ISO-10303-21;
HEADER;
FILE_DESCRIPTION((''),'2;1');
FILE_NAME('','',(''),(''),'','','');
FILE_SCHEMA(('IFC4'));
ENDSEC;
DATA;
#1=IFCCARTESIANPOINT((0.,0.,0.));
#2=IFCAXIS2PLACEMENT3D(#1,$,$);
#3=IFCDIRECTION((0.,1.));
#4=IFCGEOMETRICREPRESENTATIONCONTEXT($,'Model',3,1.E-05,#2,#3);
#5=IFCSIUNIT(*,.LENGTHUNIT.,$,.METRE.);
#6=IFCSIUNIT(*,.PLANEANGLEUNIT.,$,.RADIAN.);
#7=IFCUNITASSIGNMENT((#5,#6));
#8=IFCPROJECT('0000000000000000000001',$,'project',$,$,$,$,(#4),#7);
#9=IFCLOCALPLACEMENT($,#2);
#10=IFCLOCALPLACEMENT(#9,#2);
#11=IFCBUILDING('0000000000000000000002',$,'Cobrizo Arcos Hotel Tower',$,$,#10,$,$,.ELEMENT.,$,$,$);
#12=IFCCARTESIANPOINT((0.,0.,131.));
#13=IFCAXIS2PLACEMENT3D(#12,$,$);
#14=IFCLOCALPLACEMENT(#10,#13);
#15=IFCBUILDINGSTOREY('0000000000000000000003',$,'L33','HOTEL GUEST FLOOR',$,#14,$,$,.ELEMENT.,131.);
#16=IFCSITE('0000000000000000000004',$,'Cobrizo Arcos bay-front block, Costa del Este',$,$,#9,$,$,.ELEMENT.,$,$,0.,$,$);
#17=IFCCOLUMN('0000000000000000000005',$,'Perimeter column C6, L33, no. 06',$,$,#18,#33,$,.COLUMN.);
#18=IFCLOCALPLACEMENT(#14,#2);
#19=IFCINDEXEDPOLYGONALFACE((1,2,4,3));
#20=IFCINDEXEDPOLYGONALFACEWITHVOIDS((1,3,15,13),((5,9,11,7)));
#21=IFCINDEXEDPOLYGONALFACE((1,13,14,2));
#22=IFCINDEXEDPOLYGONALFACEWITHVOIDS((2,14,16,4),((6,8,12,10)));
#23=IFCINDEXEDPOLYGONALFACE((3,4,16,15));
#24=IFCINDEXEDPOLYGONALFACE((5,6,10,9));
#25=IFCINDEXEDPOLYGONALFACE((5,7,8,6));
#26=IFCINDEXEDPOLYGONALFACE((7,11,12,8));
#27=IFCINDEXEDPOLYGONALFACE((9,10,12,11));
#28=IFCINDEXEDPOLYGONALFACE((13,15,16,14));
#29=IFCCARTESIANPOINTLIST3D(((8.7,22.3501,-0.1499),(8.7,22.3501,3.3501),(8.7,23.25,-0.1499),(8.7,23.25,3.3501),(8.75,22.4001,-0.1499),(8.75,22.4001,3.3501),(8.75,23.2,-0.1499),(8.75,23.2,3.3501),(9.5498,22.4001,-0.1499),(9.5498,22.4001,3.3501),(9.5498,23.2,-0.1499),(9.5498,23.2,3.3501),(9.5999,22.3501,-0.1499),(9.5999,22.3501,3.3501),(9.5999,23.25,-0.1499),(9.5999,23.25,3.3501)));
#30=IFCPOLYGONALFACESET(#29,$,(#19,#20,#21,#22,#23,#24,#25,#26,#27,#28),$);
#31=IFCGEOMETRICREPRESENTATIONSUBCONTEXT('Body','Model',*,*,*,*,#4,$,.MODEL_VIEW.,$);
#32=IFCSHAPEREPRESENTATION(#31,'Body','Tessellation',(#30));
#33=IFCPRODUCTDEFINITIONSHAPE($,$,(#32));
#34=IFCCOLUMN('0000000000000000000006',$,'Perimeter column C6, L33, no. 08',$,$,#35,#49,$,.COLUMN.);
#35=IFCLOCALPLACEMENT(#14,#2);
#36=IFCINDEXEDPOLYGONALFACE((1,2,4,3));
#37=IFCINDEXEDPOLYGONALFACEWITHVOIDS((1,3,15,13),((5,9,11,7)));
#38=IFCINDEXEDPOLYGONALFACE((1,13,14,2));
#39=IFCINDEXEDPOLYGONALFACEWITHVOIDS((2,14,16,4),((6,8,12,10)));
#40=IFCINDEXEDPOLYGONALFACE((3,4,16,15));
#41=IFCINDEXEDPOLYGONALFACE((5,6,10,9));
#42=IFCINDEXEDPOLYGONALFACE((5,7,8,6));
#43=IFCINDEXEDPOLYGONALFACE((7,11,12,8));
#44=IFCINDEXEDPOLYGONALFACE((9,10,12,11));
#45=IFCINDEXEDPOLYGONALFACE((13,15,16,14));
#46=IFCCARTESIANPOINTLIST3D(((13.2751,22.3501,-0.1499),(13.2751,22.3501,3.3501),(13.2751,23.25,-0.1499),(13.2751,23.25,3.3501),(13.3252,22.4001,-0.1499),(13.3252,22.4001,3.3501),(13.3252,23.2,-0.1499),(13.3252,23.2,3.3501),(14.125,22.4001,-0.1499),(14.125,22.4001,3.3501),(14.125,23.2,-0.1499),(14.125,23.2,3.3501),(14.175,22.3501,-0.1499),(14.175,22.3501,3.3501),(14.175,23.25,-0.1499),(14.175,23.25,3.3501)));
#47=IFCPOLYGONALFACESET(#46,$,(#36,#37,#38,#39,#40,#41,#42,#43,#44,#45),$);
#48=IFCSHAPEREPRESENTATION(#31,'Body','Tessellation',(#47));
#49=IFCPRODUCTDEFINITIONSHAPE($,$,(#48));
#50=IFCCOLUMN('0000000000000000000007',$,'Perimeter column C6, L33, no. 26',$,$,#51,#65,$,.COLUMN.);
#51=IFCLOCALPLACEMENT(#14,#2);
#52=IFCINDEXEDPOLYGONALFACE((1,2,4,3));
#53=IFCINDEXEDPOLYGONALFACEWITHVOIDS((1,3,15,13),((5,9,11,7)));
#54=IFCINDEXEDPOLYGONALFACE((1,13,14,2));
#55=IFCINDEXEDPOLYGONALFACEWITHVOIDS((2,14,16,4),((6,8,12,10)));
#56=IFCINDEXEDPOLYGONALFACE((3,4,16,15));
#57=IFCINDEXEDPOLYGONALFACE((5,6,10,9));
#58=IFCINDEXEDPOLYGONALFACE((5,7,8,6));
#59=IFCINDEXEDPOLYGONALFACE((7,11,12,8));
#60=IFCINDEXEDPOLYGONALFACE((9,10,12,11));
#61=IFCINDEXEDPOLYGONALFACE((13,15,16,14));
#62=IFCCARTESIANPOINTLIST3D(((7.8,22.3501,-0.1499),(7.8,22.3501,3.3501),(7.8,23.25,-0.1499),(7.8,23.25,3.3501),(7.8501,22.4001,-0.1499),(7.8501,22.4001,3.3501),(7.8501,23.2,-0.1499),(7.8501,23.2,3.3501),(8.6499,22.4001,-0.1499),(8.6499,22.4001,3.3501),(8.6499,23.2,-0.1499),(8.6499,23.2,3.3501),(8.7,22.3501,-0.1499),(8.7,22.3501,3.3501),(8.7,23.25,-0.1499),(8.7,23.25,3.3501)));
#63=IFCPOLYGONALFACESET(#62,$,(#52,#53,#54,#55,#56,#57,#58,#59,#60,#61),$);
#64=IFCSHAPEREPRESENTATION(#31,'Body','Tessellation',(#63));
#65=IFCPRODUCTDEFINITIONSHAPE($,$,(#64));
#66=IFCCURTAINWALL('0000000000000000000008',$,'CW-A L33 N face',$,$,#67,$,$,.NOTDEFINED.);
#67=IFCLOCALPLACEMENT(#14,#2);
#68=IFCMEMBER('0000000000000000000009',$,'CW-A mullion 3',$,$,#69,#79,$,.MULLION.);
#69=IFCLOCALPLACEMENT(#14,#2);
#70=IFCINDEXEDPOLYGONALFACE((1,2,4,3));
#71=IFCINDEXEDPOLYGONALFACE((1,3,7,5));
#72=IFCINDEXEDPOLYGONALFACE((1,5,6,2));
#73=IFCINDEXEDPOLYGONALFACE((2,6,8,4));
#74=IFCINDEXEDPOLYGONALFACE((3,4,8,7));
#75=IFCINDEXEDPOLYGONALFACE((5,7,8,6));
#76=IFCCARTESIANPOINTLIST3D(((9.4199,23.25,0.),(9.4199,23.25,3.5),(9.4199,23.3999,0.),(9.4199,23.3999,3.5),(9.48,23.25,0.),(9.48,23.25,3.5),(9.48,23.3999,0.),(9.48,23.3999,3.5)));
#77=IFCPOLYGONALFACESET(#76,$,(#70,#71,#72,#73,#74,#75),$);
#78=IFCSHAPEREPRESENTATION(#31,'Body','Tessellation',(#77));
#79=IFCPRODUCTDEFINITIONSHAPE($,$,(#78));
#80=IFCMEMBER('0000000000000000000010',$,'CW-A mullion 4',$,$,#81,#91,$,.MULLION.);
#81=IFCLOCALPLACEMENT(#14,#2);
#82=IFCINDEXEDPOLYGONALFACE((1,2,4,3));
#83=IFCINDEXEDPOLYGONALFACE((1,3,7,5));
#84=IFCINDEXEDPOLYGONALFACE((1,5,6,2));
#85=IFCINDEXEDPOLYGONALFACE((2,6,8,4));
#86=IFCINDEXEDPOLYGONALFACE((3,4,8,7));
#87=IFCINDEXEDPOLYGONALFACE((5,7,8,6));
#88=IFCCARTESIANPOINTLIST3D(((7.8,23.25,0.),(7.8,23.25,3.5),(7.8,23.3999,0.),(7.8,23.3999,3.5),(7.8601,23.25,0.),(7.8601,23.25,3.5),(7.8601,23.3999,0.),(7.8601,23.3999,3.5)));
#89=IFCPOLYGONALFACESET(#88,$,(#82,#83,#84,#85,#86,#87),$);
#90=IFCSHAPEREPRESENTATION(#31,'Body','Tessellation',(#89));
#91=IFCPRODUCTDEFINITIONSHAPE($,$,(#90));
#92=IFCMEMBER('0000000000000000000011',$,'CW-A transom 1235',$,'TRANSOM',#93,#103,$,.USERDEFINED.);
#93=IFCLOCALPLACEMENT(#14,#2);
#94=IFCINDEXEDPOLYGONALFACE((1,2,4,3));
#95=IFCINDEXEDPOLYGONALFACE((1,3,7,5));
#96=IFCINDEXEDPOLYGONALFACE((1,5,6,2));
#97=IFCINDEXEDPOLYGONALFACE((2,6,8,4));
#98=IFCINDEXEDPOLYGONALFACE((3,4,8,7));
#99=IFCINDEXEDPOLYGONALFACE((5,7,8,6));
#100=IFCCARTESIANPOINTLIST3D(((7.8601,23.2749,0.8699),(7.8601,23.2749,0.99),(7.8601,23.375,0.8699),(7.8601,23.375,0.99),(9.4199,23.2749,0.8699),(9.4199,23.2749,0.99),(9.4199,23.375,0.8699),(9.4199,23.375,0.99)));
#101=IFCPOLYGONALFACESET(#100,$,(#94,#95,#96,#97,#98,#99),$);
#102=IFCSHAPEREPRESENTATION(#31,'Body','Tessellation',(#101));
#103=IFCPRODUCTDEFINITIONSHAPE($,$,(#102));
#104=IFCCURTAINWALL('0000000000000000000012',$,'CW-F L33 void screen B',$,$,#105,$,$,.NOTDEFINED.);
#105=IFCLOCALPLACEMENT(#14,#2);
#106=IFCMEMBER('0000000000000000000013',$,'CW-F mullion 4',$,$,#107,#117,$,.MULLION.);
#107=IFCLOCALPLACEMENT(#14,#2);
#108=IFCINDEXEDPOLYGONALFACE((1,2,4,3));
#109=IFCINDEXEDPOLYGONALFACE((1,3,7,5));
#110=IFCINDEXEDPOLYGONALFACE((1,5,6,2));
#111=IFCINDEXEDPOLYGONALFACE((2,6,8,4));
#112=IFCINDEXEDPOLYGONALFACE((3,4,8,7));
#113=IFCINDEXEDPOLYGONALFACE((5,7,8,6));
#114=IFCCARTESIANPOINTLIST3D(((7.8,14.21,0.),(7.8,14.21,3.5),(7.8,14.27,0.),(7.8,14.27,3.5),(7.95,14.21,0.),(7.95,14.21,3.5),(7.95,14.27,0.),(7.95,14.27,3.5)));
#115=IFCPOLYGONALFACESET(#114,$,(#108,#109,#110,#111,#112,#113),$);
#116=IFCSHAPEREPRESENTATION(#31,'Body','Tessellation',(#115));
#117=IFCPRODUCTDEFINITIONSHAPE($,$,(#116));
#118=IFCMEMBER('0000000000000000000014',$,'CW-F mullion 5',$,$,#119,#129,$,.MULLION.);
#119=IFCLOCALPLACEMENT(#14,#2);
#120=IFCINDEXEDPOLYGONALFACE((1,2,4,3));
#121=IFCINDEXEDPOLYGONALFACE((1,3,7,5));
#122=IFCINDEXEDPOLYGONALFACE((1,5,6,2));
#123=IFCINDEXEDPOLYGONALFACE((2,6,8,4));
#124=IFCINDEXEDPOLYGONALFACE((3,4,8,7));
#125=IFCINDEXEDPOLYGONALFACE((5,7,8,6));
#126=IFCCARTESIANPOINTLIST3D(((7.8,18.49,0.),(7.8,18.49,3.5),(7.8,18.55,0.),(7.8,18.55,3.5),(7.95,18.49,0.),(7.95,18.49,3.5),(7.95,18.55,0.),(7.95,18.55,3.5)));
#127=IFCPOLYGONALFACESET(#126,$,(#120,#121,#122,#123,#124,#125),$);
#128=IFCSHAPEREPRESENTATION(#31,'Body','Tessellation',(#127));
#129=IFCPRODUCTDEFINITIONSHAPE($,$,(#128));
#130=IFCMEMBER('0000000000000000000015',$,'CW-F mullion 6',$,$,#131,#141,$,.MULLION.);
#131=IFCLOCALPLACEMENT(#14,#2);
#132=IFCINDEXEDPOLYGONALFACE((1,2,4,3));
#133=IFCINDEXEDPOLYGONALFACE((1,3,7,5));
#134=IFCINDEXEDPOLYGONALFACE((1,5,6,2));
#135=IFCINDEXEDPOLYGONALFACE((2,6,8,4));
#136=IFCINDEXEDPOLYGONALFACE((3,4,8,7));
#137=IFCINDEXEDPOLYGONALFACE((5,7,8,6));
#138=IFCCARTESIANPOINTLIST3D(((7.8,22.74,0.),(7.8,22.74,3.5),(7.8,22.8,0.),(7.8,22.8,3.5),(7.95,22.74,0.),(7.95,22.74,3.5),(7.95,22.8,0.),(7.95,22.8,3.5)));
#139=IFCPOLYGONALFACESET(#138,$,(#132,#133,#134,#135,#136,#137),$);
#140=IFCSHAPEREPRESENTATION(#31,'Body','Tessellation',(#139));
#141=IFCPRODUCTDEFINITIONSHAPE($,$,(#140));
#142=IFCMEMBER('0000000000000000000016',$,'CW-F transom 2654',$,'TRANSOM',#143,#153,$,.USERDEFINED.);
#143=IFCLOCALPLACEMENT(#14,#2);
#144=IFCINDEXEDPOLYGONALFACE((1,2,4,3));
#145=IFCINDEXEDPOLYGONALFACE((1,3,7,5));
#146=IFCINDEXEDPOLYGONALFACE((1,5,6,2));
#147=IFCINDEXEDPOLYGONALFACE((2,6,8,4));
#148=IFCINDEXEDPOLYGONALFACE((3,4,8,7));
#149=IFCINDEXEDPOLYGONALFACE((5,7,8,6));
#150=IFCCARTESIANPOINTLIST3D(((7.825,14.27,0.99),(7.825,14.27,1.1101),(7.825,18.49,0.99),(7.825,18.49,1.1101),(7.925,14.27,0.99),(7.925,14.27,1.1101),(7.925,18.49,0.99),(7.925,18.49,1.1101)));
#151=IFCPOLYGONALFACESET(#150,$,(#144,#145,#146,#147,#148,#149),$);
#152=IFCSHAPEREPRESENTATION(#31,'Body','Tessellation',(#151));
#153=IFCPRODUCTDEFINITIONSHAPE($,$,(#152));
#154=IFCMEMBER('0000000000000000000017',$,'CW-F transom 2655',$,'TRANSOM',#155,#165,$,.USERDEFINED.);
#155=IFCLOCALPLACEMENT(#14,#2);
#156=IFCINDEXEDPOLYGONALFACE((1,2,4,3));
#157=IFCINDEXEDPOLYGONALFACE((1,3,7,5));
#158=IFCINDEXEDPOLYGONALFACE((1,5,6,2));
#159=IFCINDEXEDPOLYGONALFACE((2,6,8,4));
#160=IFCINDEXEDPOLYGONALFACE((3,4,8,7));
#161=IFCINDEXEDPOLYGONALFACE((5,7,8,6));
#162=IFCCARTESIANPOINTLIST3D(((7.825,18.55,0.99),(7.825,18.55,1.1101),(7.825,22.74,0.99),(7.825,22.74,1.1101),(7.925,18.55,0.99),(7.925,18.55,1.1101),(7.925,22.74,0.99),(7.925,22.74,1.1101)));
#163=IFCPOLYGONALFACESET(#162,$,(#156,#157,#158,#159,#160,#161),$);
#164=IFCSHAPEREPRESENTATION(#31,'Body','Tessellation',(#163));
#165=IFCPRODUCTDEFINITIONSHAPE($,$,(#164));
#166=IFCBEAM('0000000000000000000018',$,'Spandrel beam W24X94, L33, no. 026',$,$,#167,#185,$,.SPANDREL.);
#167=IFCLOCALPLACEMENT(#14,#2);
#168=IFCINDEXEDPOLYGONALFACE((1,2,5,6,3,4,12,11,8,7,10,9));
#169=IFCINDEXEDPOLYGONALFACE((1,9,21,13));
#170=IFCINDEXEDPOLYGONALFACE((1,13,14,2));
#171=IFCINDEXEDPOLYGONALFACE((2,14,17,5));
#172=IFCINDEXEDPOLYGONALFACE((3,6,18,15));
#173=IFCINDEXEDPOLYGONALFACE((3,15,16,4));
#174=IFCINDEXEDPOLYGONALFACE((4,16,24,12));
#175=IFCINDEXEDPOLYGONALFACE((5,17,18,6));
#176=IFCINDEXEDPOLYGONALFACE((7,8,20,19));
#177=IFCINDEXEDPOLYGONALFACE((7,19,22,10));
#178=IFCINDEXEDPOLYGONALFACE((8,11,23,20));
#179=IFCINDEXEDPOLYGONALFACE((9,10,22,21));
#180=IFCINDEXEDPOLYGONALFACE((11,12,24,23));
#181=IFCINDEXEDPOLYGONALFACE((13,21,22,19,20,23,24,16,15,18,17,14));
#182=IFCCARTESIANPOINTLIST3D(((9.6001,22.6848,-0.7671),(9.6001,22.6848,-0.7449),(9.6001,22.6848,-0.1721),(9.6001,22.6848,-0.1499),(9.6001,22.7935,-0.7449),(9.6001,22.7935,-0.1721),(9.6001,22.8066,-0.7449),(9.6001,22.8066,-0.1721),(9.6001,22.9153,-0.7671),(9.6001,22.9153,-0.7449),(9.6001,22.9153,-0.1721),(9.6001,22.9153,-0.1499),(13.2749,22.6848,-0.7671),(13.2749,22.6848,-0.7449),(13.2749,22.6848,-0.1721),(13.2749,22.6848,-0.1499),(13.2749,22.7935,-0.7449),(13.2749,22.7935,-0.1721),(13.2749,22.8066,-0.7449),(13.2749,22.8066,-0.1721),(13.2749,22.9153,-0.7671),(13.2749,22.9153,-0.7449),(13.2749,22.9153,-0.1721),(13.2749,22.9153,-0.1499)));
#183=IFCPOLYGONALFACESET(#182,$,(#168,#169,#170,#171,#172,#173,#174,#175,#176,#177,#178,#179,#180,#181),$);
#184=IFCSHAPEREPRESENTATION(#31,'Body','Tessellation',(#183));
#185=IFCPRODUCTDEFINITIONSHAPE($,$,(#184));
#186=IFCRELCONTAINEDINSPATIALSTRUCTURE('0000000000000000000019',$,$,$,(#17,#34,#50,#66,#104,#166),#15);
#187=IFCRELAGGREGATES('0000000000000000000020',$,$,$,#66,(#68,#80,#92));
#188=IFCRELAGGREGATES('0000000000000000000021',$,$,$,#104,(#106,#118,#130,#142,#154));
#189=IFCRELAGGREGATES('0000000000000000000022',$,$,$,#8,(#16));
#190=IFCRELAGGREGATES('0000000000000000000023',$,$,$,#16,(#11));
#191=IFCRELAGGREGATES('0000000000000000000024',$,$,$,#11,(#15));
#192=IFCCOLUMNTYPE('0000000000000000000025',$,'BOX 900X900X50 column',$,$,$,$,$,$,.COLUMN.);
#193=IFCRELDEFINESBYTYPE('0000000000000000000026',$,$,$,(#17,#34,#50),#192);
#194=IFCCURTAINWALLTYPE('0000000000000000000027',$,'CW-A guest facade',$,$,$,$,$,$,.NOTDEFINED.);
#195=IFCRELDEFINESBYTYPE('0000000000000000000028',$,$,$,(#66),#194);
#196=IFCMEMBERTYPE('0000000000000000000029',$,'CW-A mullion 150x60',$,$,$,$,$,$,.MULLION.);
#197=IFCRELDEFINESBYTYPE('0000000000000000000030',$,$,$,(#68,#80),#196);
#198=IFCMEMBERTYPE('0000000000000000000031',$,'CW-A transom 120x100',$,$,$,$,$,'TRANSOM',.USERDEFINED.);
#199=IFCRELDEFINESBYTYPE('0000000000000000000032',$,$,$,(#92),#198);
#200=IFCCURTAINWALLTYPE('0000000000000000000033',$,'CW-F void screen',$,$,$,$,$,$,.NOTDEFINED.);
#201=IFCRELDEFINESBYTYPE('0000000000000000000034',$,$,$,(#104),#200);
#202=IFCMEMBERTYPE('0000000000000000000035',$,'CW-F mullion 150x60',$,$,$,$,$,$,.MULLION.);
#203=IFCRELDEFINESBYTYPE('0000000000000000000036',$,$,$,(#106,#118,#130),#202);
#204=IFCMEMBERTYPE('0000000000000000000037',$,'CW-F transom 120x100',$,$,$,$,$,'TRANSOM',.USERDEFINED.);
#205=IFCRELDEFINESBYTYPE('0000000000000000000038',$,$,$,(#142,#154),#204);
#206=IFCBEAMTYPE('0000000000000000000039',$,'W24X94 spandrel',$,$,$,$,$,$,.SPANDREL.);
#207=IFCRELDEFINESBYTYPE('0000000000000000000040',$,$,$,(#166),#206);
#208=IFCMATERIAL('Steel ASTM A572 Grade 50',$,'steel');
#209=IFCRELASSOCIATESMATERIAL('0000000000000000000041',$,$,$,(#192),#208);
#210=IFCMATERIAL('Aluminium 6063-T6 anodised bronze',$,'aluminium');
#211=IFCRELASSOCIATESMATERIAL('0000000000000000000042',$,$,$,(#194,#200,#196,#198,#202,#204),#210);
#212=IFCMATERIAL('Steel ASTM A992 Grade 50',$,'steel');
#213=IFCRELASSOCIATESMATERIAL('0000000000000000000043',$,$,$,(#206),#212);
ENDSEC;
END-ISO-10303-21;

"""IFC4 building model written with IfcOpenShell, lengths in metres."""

from ifc_helpers import new_model, si_unit, direction, frame, origin, origin_2d, place, context, subcontext, project, spatial, rectangle, hollow_rectangle, i_section, extrude, material, material_profile, profile_set, type_object, element, aggregate, save


model = new_model("IFC4")

# Units and contexts
model_context = context("Model", 3, precision=1e-05, world=origin(), true_north=direction((0.0, 1.0)))
body_context = subcontext(model_context, "Body", "Model", "MODEL_VIEW")
ifc_project = project(units=[si_unit("LENGTHUNIT", "METRE"), si_unit("PLANEANGLEUNIT", "RADIAN")], contexts=[model_context])

# Site, building, storey
site_placement = place(None, origin())
site = spatial("IfcSite", under=ifc_project, at=site_placement, Name="Cobrizo Arcos bay-front block, Costa del Este", CompositionType="ELEMENT", RefElevation=0.0)
building_placement = place(site_placement, origin())
building = spatial("IfcBuilding", under=site, at=building_placement, Name="Cobrizo Arcos Hotel Tower", CompositionType="ELEMENT")
storey_placement = place(building_placement, frame((0.0, 0.0, 131.0)))
storey = spatial("IfcBuildingStorey", under=building, at=storey_placement, Name="L33", Description="HOTEL GUEST FLOOR", CompositionType="ELEMENT", Elevation=131.0)

# Columns
ifc_material_1 = material(Name="Steel ASTM A572 Grade 50", Category="steel")
ifc_material_profile_1 = material_profile(ifc_material_1, hollow_rectangle(XDim=0.8999, YDim=0.8999, WallThickness=0.05, at=origin_2d()), Name="BOX 900X900X50")
ifc_profile_set_1 = profile_set([ifc_material_profile_1], Name="Steel ASTM A572 Grade 50")
column_type = type_object("IfcColumnType", Name="BOX 900X900X50 column", PredefinedType="COLUMN", material=ifc_profile_set_1)
for number, where, z_axis, x_axis, name in (
    (1, (9.1499, 22.8, -0.1499), (0.0, 0.0, 1.0), (1.0, 0.0, 0.0), "Perimeter column C6, L33, no. 06"),
    (2, (13.7251, 22.8, -0.1499), (0.0, 0.0, 1.0), (1.0, 0.0, 0.0), "Perimeter column C6, L33, no. 08"),
    (3, (8.25, 22.8, -0.1499), (0.0, 0.0, 1.0), (1.0, 0.0, 0.0), "Perimeter column C6, L33, no. 26"),
):
    element("IfcColumn", number, at=place(storey_placement, frame(where, z_axis=z_axis, x_axis=x_axis)), inside=storey, type_object=column_type, Name=name, PredefinedType="COLUMN", context=body_context, shape_type="SweptSolid", body=[
        extrude(hollow_rectangle(XDim=0.8999, YDim=0.8999, WallThickness=0.05, at=origin_2d()), origin(), (0.0, 0.0, 1.0), 3.5),
    ])

# Curtain walls, members
ifc_material_2 = material(Name="Aluminium 6063-T6 anodised bronze", Category="aluminium")
curtain_wall_type_1 = type_object("IfcCurtainWallType", Name="CW-A guest facade", PredefinedType="NOTDEFINED", material=ifc_material_2)
curtain_wall_1_placement = place(storey_placement, origin())
curtain_wall_1 = element("IfcCurtainWall", 4, at=curtain_wall_1_placement, inside=storey, type_object=curtain_wall_type_1, Name="CW-A L33 N face", PredefinedType="NOTDEFINED")
ifc_material_profile_2 = material_profile(ifc_material_2, rectangle(XDim=0.1499, YDim=0.0601, at=origin_2d()), Name="CW-A mullion 150x60")
ifc_profile_set_2 = profile_set([ifc_material_profile_2], Name="Aluminium 6063-T6 anodised bronze")
member_type_1 = type_object("IfcMemberType", Name="CW-A mullion 150x60", PredefinedType="MULLION", material=ifc_profile_set_2)
member_1_placement = place(storey_placement, frame((9.45, 23.325, 0.0), z_axis=(0.0, 0.0, 1.0), x_axis=(0.0, 1.0, 0.0)))
member_1 = element("IfcMember", 5, at=member_1_placement, type_object=member_type_1, Name="CW-A mullion 3", PredefinedType="MULLION", context=body_context, shape_type="SweptSolid", body=[
    extrude(rectangle(XDim=0.1499, YDim=0.0601, at=origin_2d()), origin(), (0.0, 0.0, 1.0), 3.5),
])
member_2_placement = place(storey_placement, frame((7.8301, 23.325, 0.0), z_axis=(0.0, 0.0, 1.0), x_axis=(0.0, 1.0, 0.0)))
member_2 = element("IfcMember", 6, at=member_2_placement, type_object=member_type_1, Name="CW-A mullion 4", PredefinedType="MULLION", context=body_context, shape_type="SweptSolid", body=[
    extrude(rectangle(XDim=0.1499, YDim=0.0601, at=origin_2d()), origin(), (0.0, 0.0, 1.0), 3.5),
])
ifc_material_profile_3 = material_profile(ifc_material_2, rectangle(XDim=0.1001, YDim=0.1201, at=origin_2d()), Name="CW-A transom 120x100")
ifc_profile_set_3 = profile_set([ifc_material_profile_3], Name="Aluminium 6063-T6 anodised bronze")
member_type_2 = type_object("IfcMemberType", Name="CW-A transom 120x100", ElementType="TRANSOM", PredefinedType="USERDEFINED", material=ifc_profile_set_3)
member_3_placement = place(storey_placement, frame((9.4199, 23.325, 0.9299), z_axis=(-1.0, 0.0, 0.0), x_axis=(0.0, -1.0, 0.0)))
member_3 = element("IfcMember", 7, at=member_3_placement, type_object=member_type_2, Name="CW-A transom 1235", ObjectType="TRANSOM", PredefinedType="USERDEFINED", context=body_context, shape_type="SweptSolid", body=[
    extrude(rectangle(XDim=0.1001, YDim=0.1201, at=origin_2d()), origin(), (0.0, 0.0, 1.0), 1.5598),
])
curtain_wall_type_2 = type_object("IfcCurtainWallType", Name="CW-F void screen", PredefinedType="NOTDEFINED", material=ifc_material_2)
curtain_wall_2_placement = place(storey_placement, origin())
curtain_wall_2 = element("IfcCurtainWall", 8, at=curtain_wall_2_placement, inside=storey, type_object=curtain_wall_type_2, Name="CW-F L33 void screen B", PredefinedType="NOTDEFINED")
ifc_material_profile_4 = material_profile(ifc_material_2, rectangle(XDim=0.1499, YDim=0.0601, at=origin_2d()), Name="CW-F mullion 150x60")
ifc_profile_set_4 = profile_set([ifc_material_profile_4], Name="Aluminium 6063-T6 anodised bronze")
member_type_3 = type_object("IfcMemberType", Name="CW-F mullion 150x60", PredefinedType="MULLION", material=ifc_profile_set_4)
member_4_placement = place(storey_placement, frame((7.875, 14.24, 0.0), z_axis=(0.0, 0.0, 1.0), x_axis=(1.0, 0.0, 0.0)))
member_4 = element("IfcMember", 9, at=member_4_placement, type_object=member_type_3, Name="CW-F mullion 4", PredefinedType="MULLION", context=body_context, shape_type="SweptSolid", body=[
    extrude(rectangle(XDim=0.1499, YDim=0.0601, at=origin_2d()), origin(), (0.0, 0.0, 1.0), 3.5),
])
member_5_placement = place(storey_placement, frame((7.875, 18.52, 0.0), z_axis=(0.0, 0.0, 1.0), x_axis=(1.0, 0.0, 0.0)))
member_5 = element("IfcMember", 10, at=member_5_placement, type_object=member_type_3, Name="CW-F mullion 5", PredefinedType="MULLION", context=body_context, shape_type="SweptSolid", body=[
    extrude(rectangle(XDim=0.1499, YDim=0.0601, at=origin_2d()), origin(), (0.0, 0.0, 1.0), 3.5),
])
member_6_placement = place(storey_placement, frame((7.875, 22.77, 0.0), z_axis=(0.0, 0.0, 1.0), x_axis=(1.0, 0.0, 0.0)))
member_6 = element("IfcMember", 11, at=member_6_placement, type_object=member_type_3, Name="CW-F mullion 6", PredefinedType="MULLION", context=body_context, shape_type="SweptSolid", body=[
    extrude(rectangle(XDim=0.1499, YDim=0.0601, at=origin_2d()), origin(), (0.0, 0.0, 1.0), 3.5),
])
ifc_material_profile_5 = material_profile(ifc_material_2, rectangle(XDim=0.1001, YDim=0.1201, at=origin_2d()), Name="CW-F transom 120x100")
ifc_profile_set_5 = profile_set([ifc_material_profile_5], Name="Aluminium 6063-T6 anodised bronze")
member_type_4 = type_object("IfcMemberType", Name="CW-F transom 120x100", ElementType="TRANSOM", PredefinedType="USERDEFINED", material=ifc_profile_set_5)
member_7_placement = place(storey_placement, frame((7.875, 14.27, 1.05), z_axis=(0.0, 1.0, 0.0), x_axis=(-1.0, 0.0, 0.0)))
member_7 = element("IfcMember", 12, at=member_7_placement, type_object=member_type_4, Name="CW-F transom 2654", ObjectType="TRANSOM", PredefinedType="USERDEFINED", context=body_context, shape_type="SweptSolid", body=[
    extrude(rectangle(XDim=0.1001, YDim=0.1201, at=origin_2d()), origin(), (0.0, 0.0, 1.0), 4.22),
])
member_8_placement = place(storey_placement, frame((7.875, 18.55, 1.05), z_axis=(0.0, 1.0, 0.0), x_axis=(-1.0, 0.0, 0.0)))
member_8 = element("IfcMember", 13, at=member_8_placement, type_object=member_type_4, Name="CW-F transom 2655", ObjectType="TRANSOM", PredefinedType="USERDEFINED", context=body_context, shape_type="SweptSolid", body=[
    extrude(rectangle(XDim=0.1001, YDim=0.1201, at=origin_2d()), origin(), (0.0, 0.0, 1.0), 4.1899),
])

# Beam
ifc_material_3 = material(Name="Steel ASTM A992 Grade 50", Category="steel")
ifc_material_profile_6 = material_profile(ifc_material_3, i_section(OverallWidth=0.2305, OverallDepth=0.6172, WebThickness=0.0132, FlangeThickness=0.0222, at=origin_2d()), Name="W24X94")
ifc_profile_set_6 = profile_set([ifc_material_profile_6], Name="Steel ASTM A992 Grade 50")
beam_type = type_object("IfcBeamType", Name="W24X94 spandrel", PredefinedType="SPANDREL", material=ifc_profile_set_6)
beam_1_placement = place(storey_placement, frame((9.6001, 22.8, -0.4585), z_axis=(1.0, 0.0, 0.0), x_axis=(0.0, 1.0, 0.0)))
element("IfcBeam", 14, at=beam_1_placement, inside=storey, type_object=beam_type, Name="Spandrel beam W24X94, L33, no. 026", PredefinedType="SPANDREL", context=body_context, shape_type="SweptSolid", body=[
    extrude(i_section(OverallWidth=0.2305, OverallDepth=0.6172, WebThickness=0.0132, FlangeThickness=0.0222, at=origin_2d()), origin(), (0.0, 0.0, 1.0), 3.6748),
])

aggregate(curtain_wall_1, [member_1, member_2, member_3])
aggregate(curtain_wall_2, [member_4, member_5, member_6, member_7, member_8])

save(model, "model.ifc")
